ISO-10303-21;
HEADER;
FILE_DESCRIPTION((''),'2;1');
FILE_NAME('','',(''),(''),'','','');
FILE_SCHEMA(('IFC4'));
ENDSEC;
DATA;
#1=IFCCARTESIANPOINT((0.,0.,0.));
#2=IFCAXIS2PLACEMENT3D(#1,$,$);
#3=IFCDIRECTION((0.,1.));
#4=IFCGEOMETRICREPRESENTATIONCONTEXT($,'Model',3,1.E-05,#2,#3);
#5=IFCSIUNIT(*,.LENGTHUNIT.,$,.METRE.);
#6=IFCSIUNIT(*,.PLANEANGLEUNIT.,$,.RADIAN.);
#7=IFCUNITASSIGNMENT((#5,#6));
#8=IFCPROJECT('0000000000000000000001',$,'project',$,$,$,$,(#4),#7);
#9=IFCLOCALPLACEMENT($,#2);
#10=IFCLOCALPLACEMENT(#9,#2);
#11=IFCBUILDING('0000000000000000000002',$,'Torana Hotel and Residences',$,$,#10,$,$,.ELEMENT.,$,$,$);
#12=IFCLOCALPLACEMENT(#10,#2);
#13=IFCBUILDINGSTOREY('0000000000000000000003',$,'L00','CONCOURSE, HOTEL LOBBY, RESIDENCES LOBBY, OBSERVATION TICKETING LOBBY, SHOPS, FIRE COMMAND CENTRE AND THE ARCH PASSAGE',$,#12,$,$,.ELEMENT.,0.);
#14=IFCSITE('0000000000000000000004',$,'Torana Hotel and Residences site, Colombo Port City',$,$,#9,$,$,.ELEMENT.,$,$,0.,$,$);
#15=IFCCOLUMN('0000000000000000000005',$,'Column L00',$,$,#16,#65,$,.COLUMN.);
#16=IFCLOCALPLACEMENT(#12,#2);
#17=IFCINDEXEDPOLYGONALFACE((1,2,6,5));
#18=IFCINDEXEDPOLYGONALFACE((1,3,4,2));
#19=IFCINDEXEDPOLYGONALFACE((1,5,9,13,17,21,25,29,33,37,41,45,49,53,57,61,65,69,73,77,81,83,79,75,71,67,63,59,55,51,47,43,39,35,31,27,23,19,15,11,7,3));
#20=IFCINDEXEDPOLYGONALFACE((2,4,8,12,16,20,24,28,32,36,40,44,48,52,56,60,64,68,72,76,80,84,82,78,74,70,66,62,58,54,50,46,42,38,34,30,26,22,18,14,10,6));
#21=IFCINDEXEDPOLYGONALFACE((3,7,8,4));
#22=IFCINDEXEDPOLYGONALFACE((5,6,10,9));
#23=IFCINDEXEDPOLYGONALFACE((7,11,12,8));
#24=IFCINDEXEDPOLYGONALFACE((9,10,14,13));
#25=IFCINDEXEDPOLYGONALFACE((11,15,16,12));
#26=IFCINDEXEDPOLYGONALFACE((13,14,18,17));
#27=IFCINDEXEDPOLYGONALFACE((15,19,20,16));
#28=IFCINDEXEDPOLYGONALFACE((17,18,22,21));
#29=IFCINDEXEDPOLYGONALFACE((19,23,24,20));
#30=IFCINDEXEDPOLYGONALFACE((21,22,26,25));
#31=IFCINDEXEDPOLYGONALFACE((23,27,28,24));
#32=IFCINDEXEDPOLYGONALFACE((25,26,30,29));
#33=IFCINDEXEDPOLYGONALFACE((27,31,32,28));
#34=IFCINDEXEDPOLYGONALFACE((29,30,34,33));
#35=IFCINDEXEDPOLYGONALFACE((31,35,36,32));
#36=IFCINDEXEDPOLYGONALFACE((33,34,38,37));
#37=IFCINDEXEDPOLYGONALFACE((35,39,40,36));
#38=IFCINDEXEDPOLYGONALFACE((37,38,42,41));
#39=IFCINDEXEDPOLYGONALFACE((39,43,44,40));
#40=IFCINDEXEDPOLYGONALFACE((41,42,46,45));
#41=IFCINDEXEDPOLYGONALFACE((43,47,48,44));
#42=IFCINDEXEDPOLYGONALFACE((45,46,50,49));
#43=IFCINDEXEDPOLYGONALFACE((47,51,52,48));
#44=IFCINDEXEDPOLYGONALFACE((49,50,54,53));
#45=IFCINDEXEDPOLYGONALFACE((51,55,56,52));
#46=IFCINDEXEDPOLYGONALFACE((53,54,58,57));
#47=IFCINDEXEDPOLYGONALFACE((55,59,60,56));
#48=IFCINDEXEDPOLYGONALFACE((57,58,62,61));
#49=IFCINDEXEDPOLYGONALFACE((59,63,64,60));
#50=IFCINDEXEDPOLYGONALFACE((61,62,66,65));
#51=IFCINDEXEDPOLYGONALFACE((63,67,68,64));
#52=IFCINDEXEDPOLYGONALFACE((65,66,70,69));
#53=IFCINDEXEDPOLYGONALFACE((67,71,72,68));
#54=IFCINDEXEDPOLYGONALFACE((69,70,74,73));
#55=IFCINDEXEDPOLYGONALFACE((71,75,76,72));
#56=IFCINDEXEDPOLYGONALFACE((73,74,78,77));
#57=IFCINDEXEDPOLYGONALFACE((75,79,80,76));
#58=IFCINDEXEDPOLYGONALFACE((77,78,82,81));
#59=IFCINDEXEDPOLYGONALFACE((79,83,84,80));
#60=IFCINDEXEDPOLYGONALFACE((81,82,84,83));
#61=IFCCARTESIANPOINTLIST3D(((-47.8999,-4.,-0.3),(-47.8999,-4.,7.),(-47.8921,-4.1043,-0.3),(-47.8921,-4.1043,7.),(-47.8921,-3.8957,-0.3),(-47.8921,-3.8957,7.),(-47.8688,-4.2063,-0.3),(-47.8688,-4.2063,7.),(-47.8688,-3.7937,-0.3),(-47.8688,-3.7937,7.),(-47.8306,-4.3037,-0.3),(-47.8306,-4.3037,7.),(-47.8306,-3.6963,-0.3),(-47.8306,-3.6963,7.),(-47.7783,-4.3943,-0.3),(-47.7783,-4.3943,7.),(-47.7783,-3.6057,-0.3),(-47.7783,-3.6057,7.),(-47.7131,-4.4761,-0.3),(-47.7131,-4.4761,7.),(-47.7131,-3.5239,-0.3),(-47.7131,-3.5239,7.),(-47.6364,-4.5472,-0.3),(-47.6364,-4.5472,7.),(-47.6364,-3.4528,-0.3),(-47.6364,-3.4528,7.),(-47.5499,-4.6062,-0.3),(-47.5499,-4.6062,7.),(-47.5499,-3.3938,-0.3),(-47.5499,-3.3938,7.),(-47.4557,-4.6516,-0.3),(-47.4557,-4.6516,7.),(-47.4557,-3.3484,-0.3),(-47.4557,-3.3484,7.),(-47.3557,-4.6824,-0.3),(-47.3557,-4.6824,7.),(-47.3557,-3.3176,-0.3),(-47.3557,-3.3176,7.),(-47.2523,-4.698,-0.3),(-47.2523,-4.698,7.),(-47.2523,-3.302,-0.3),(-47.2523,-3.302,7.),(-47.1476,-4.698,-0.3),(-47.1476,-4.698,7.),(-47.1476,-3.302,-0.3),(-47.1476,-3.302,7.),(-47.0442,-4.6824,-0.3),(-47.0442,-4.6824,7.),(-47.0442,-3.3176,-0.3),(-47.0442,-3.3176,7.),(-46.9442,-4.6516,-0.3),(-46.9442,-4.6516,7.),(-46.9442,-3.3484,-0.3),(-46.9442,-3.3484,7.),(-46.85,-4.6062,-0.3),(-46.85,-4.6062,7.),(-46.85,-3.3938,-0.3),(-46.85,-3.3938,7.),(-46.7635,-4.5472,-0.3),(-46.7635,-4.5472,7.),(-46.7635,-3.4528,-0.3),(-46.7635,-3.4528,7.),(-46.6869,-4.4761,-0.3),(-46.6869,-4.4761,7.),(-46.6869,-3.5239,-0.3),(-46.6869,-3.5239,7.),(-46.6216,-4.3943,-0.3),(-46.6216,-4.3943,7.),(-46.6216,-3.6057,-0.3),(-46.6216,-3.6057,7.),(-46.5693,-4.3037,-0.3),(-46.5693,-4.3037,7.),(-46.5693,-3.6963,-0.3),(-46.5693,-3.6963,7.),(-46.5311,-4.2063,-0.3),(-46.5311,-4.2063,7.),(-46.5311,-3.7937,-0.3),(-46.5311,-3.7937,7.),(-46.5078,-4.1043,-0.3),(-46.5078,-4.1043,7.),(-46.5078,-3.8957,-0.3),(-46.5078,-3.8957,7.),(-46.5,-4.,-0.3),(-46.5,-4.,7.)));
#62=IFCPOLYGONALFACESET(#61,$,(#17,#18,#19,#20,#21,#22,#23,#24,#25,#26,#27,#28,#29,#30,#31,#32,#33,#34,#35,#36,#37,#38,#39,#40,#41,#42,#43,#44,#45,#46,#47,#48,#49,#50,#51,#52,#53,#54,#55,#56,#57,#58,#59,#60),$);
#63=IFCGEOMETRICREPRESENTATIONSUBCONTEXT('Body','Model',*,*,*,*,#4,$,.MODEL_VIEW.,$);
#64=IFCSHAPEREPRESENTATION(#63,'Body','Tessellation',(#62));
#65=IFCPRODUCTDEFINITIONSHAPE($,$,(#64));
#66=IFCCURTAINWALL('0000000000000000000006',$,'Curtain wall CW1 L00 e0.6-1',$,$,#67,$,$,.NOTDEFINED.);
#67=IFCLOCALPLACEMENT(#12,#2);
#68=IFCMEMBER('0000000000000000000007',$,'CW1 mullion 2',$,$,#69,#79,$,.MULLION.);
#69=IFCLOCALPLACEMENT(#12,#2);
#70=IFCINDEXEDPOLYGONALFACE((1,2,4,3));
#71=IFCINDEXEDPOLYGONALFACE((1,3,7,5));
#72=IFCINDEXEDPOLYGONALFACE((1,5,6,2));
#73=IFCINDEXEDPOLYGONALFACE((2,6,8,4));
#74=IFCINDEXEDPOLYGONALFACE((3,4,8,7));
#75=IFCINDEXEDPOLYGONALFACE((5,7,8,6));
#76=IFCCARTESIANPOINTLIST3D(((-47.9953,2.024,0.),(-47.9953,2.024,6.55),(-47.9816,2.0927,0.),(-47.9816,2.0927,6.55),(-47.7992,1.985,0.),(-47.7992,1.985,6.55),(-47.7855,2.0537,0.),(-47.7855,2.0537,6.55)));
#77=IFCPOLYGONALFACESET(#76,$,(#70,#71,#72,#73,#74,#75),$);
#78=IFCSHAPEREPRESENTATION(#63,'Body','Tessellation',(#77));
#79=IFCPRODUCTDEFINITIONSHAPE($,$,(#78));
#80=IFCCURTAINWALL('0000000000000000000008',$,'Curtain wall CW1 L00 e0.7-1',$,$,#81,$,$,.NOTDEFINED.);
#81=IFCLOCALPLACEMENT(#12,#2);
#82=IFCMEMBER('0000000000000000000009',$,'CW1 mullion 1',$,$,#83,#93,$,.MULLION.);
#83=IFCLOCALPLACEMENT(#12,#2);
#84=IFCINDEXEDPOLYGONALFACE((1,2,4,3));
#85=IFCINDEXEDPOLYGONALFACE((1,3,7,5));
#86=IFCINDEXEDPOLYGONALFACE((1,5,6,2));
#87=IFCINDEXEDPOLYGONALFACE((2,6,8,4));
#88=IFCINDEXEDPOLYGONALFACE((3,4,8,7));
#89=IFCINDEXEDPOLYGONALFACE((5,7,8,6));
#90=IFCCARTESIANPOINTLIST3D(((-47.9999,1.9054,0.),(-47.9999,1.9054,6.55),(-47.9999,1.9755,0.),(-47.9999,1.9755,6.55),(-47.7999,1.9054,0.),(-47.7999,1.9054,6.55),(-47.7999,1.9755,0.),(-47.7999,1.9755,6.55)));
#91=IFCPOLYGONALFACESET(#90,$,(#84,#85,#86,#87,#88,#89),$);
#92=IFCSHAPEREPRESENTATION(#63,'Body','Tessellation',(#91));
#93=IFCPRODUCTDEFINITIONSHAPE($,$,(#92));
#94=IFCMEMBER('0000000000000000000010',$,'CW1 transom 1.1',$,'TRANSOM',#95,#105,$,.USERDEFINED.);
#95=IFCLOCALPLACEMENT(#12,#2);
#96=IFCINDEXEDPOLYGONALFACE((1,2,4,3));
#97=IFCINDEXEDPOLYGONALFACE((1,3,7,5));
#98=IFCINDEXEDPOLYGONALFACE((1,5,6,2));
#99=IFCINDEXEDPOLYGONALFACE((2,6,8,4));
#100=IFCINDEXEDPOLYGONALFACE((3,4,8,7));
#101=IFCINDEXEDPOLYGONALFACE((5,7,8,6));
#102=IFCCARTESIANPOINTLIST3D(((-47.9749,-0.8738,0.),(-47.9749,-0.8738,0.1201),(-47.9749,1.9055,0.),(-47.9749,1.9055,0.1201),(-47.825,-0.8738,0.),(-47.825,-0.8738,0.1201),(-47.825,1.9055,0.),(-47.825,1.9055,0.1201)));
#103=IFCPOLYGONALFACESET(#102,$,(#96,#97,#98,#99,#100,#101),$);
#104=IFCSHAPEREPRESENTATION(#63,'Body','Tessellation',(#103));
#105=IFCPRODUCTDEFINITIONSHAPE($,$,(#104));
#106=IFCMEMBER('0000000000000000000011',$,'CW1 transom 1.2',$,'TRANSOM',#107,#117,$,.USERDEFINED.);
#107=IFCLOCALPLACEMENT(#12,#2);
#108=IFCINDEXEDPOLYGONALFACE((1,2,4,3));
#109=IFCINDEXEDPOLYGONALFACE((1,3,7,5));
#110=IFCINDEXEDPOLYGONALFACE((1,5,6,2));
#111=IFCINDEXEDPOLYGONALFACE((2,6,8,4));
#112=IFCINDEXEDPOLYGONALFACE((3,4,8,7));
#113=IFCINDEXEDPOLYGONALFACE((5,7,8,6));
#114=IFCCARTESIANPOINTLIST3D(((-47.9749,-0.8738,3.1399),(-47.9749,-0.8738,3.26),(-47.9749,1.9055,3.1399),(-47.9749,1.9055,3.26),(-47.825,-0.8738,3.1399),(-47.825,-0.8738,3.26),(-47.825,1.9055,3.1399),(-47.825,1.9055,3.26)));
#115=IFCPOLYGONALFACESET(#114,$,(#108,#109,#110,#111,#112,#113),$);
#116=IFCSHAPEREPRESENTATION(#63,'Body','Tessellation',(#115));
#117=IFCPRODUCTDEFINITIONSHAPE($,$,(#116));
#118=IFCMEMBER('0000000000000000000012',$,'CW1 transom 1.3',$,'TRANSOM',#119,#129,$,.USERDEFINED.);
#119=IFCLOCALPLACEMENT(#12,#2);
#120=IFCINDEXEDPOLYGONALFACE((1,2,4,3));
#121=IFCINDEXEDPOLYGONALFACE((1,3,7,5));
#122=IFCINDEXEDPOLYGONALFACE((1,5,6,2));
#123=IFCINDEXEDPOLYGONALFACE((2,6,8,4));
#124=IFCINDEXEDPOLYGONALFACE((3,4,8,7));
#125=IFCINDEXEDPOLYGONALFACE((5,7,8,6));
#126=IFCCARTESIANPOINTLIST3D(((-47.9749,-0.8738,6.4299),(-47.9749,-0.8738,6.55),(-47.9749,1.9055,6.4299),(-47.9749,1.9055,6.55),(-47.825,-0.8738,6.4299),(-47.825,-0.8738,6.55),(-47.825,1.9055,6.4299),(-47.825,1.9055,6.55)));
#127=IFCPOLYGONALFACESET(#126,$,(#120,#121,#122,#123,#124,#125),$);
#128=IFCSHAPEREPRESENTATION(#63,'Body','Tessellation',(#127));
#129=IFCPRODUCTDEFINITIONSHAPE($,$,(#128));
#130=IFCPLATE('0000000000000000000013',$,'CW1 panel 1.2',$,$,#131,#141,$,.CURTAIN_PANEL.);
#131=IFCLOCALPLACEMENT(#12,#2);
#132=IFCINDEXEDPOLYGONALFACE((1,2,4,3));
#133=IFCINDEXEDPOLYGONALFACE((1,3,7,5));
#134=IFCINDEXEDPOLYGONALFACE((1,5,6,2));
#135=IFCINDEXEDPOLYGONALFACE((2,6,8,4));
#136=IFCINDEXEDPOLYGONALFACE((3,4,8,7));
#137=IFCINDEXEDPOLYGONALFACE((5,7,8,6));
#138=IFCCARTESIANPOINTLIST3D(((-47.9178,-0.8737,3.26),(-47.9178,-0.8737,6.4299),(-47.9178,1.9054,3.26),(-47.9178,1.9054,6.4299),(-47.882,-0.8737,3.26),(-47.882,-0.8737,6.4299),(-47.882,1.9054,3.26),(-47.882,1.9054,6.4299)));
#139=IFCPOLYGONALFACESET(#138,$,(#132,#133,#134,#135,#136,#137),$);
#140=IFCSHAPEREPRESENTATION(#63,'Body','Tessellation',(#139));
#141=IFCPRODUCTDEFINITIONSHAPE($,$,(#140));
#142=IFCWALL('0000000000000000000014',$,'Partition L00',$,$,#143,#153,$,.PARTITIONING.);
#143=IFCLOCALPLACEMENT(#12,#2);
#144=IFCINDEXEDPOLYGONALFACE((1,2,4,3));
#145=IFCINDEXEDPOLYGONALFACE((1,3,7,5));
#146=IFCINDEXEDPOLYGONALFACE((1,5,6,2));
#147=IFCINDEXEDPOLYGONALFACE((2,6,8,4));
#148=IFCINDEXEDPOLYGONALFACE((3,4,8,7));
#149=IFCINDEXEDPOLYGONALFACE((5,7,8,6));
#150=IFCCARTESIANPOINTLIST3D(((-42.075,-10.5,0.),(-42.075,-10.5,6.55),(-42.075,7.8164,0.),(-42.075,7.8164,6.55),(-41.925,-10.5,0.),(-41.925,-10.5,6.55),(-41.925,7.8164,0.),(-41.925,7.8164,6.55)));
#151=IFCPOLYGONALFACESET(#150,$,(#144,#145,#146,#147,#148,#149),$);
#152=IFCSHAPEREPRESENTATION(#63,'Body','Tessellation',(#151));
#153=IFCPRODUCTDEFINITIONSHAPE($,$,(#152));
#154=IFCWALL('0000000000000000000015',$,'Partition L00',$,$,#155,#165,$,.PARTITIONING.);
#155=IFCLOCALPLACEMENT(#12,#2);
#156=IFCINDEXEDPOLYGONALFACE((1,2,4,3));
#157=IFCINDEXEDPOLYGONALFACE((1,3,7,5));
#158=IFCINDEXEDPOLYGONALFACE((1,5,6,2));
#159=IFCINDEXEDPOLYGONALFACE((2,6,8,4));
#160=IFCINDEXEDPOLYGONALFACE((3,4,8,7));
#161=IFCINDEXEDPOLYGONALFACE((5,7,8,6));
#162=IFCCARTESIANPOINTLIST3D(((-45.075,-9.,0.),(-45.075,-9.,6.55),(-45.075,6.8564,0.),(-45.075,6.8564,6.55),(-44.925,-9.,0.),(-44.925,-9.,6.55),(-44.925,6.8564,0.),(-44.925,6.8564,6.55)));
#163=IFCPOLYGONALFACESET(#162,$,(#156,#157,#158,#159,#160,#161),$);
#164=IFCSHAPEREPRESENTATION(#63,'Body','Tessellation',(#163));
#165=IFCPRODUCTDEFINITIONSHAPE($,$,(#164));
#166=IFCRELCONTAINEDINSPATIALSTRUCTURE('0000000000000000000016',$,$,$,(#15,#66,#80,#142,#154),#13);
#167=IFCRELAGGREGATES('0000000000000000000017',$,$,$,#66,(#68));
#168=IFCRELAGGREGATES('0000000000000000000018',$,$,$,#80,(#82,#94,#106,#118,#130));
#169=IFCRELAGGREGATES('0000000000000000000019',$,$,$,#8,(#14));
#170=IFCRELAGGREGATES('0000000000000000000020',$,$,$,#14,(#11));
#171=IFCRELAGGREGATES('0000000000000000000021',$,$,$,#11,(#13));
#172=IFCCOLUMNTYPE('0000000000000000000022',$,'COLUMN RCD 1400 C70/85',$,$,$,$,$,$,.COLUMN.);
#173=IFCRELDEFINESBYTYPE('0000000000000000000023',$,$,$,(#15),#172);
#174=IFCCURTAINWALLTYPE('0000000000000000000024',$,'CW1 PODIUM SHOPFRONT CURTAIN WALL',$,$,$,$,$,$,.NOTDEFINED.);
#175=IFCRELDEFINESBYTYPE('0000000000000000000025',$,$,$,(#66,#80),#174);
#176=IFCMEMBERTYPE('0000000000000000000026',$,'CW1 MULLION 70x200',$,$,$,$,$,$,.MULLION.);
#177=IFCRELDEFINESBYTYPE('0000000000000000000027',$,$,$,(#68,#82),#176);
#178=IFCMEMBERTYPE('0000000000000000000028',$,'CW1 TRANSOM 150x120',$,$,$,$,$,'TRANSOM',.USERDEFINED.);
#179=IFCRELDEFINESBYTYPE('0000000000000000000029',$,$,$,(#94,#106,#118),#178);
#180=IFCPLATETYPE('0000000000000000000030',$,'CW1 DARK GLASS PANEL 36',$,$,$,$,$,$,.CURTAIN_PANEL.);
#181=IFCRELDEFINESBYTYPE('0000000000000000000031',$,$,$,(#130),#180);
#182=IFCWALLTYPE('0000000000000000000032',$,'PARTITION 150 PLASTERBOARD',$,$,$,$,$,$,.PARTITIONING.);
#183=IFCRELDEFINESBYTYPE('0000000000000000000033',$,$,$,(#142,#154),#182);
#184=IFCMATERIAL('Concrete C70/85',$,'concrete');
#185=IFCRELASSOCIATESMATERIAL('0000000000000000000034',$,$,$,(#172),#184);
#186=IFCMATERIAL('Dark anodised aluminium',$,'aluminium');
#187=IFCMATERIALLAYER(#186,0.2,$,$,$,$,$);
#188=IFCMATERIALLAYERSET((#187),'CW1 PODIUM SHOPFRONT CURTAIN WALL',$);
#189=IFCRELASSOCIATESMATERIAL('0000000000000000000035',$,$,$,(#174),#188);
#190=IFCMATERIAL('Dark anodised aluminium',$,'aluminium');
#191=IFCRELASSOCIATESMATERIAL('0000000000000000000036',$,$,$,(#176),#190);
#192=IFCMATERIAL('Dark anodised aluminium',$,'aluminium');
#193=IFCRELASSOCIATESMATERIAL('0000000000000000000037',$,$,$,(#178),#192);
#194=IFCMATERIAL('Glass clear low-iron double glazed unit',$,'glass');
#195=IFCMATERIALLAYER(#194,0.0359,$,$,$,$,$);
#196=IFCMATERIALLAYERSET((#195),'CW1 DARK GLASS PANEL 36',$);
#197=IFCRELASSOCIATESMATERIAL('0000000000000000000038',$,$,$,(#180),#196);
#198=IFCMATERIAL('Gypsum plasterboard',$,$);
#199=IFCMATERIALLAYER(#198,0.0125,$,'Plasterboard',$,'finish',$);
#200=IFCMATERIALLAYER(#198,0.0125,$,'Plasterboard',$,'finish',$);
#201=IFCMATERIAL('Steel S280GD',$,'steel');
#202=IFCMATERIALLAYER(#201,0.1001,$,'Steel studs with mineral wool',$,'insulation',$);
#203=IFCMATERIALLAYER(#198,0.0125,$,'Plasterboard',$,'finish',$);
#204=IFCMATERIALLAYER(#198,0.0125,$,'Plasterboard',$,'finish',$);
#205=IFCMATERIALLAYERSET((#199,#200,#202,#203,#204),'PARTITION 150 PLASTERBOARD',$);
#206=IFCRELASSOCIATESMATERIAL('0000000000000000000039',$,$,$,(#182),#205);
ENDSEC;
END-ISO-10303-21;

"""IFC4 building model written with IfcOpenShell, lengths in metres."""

from ifc_helpers import new_model, si_unit, direction, frame, frame_2d, origin, origin_2d, place, context, subcontext, project, spatial, rectangle, circle, extrude, material, layer, layer_set, material_profile, profile_set, type_object, element, aggregate, save


model = new_model("IFC4")

# Units and contexts
model_context = context("Model", 3, precision=1e-05, world=origin(), true_north=direction((0.0, 1.0)))
body_context = subcontext(model_context, "Body", "Model", "MODEL_VIEW")
ifc_project = project(units=[si_unit("LENGTHUNIT", "METRE"), si_unit("PLANEANGLEUNIT", "RADIAN")], contexts=[model_context])

# Site, building, storey
site_placement = place(None, origin())
site = spatial("IfcSite", under=ifc_project, at=site_placement, Name="Torana Hotel and Residences site, Colombo Port City", CompositionType="ELEMENT", RefElevation=0.0)
building_placement = place(site_placement, origin())
building = spatial("IfcBuilding", under=site, at=building_placement, Name="Torana Hotel and Residences", CompositionType="ELEMENT")
storey_placement = place(building_placement, origin())
storey = spatial("IfcBuildingStorey", under=building, at=storey_placement, Name="L00", Description="CONCOURSE, HOTEL LOBBY, RESIDENCES LOBBY, OBSERVATION TICKETING LOBBY, SHOPS, FIRE COMMAND CENTRE AND THE ARCH PASSAGE", CompositionType="ELEMENT", Elevation=0.0)

# Column
ifc_material_1 = material(Name="Concrete C70/85", Category="concrete")
ifc_material_profile_1 = material_profile(ifc_material_1, circle(Radius=0.7, at=origin_2d()), Name="RCD 1400")
ifc_profile_set_1 = profile_set([ifc_material_profile_1], Name="Concrete C70/85")
column_type = type_object("IfcColumnType", Name="COLUMN RCD 1400 C70/85", PredefinedType="COLUMN", material=ifc_profile_set_1)
column_placement = place(storey_placement, frame((-47.2, -4.0, -0.3), z_axis=(0.0, 0.0, 1.0), x_axis=(1.0, 0.0, 0.0)))
element("IfcColumn", 1, at=column_placement, inside=storey, type_object=column_type, Name="Column L00", PredefinedType="COLUMN", context=body_context, shape_type="SweptSolid", body=[
    extrude(circle(Radius=0.7, at=origin_2d()), origin(), (0.0, 0.0, 1.0), 7.3),
])

# Curtain wall, member
ifc_material_2 = material(Name="Dark anodised aluminium", Category="aluminium")
ifc_layer_1 = layer(ifc_material_2, 0.2)
ifc_layer_set_1 = layer_set([ifc_layer_1], Name="CW1 PODIUM SHOPFRONT CURTAIN WALL")
curtain_wall_type = type_object("IfcCurtainWallType", Name="CW1 PODIUM SHOPFRONT CURTAIN WALL", PredefinedType="NOTDEFINED", material=ifc_layer_set_1)
curtain_wall_1_placement = place(storey_placement, origin())
curtain_wall_1 = element("IfcCurtainWall", 2, at=curtain_wall_1_placement, inside=storey, type_object=curtain_wall_type, Name="Curtain wall CW1 L00 e0.6-1", PredefinedType="NOTDEFINED")
ifc_material_3 = material(Name="Dark anodised aluminium", Category="aluminium")
ifc_material_profile_2 = material_profile(ifc_material_3, rectangle(XDim=0.2, YDim=0.0701, at=origin_2d()), Name="CW1 MULLION 70x200")
ifc_profile_set_2 = profile_set([ifc_material_profile_2], Name="Dark anodised aluminium")
member_type_1 = type_object("IfcMemberType", Name="CW1 MULLION 70x200", PredefinedType="MULLION", material=ifc_profile_set_2)
member_1_placement = place(storey_placement, frame((-47.8904, 2.0388, 0.0), z_axis=(0.0, 0.0, 1.0), x_axis=(0.980787, -0.195081, 0.0)))
member_1 = element("IfcMember", 3, at=member_1_placement, type_object=member_type_1, Name="CW1 mullion 2", PredefinedType="MULLION", context=body_context, shape_type="SweptSolid", body=[
    extrude(rectangle(XDim=0.2, YDim=0.0701, at=origin_2d()), origin(), (0.0, 0.0, 1.0), 6.55),
])
aggregate(curtain_wall_1, [member_1])

# Curtain wall, members, plate
curtain_wall_2_placement = place(storey_placement, origin())
curtain_wall_2 = element("IfcCurtainWall", 4, at=curtain_wall_2_placement, inside=storey, type_object=curtain_wall_type, Name="Curtain wall CW1 L00 e0.7-1", PredefinedType="NOTDEFINED")
member_2_placement = place(storey_placement, frame((-47.8999, 1.9404, 0.0), z_axis=(0.0, 0.0, 1.0), x_axis=(1.0, 0.0, 0.0)))
member_2 = element("IfcMember", 5, at=member_2_placement, type_object=member_type_1, Name="CW1 mullion 1", PredefinedType="MULLION", context=body_context, shape_type="SweptSolid", body=[
    extrude(rectangle(XDim=0.2, YDim=0.0701, at=origin_2d()), origin(), (0.0, 0.0, 1.0), 6.55),
])
ifc_material_4 = material(Name="Dark anodised aluminium", Category="aluminium")
ifc_material_profile_3 = material_profile(ifc_material_4, rectangle(XDim=0.1499, YDim=0.1201, at=origin_2d()), Name="CW1 TRANSOM 150x120")
ifc_profile_set_3 = profile_set([ifc_material_profile_3], Name="Dark anodised aluminium")
member_type_2 = type_object("IfcMemberType", Name="CW1 TRANSOM 150x120", ElementType="TRANSOM", PredefinedType="USERDEFINED", material=ifc_profile_set_3)
member_3_placement = place(storey_placement, frame((-47.8999, 1.9055, 0.0601), z_axis=(0.0, -1.0, 0.0), x_axis=(1.0, 0.0, 0.0)))
member_3 = element("IfcMember", 6, at=member_3_placement, type_object=member_type_2, Name="CW1 transom 1.1", ObjectType="TRANSOM", PredefinedType="USERDEFINED", context=body_context, shape_type="SweptSolid", body=[
    extrude(rectangle(XDim=0.1499, YDim=0.1201, at=origin_2d()), origin(), (0.0, 0.0, 1.0), 2.7793),
])
member_4_placement = place(storey_placement, frame((-47.8999, 1.9055, 3.2), z_axis=(0.0, -1.0, 0.0), x_axis=(1.0, 0.0, 0.0)))
member_4 = element("IfcMember", 7, at=member_4_placement, type_object=member_type_2, Name="CW1 transom 1.2", ObjectType="TRANSOM", PredefinedType="USERDEFINED", context=body_context, shape_type="SweptSolid", body=[
    extrude(rectangle(XDim=0.1499, YDim=0.1201, at=origin_2d()), origin(), (0.0, 0.0, 1.0), 2.7793),
])
member_5_placement = place(storey_placement, frame((-47.8999, 1.9055, 6.49), z_axis=(0.0, -1.0, 0.0), x_axis=(1.0, 0.0, 0.0)))
member_5 = element("IfcMember", 8, at=member_5_placement, type_object=member_type_2, Name="CW1 transom 1.3", ObjectType="TRANSOM", PredefinedType="USERDEFINED", context=body_context, shape_type="SweptSolid", body=[
    extrude(rectangle(XDim=0.1499, YDim=0.1201, at=origin_2d()), origin(), (0.0, 0.0, 1.0), 2.7793),
])
ifc_material_5 = material(Name="Glass clear low-iron double glazed unit", Category="glass")
ifc_layer_2 = layer(ifc_material_5, 0.0359)
ifc_layer_set_2 = layer_set([ifc_layer_2], Name="CW1 DARK GLASS PANEL 36")
plate_type = type_object("IfcPlateType", Name="CW1 DARK GLASS PANEL 36", PredefinedType="CURTAIN_PANEL", material=ifc_layer_set_2)
plate_placement = place(storey_placement, frame((-47.8999, 0.5159, 3.26), z_axis=(0.0, 0.0, 1.0), x_axis=(0.0, -1.0, 0.0)))
plate = element("IfcPlate", 9, at=plate_placement, type_object=plate_type, Name="CW1 panel 1.2", PredefinedType="CURTAIN_PANEL", context=body_context, shape_type="SweptSolid", body=[
    extrude(rectangle(XDim=2.7791, YDim=0.0359, at=origin_2d()), origin(), (0.0, 0.0, 1.0), 3.1699),
])
aggregate(curtain_wall_2, [member_2, member_3, member_4, member_5, plate])

# Walls
ifc_material_6 = material(Name="Gypsum plasterboard")
ifc_layer_3 = layer(ifc_material_6, 0.0125, Name="Plasterboard", Category="finish")
ifc_layer_4 = layer(ifc_material_6, 0.0125, Name="Plasterboard", Category="finish")
ifc_material_7 = material(Name="Steel S280GD", Category="steel")
ifc_layer_5 = layer(ifc_material_7, 0.1001, Name="Steel studs with mineral wool", Category="insulation")
ifc_layer_6 = layer(ifc_material_6, 0.0125, Name="Plasterboard", Category="finish")
ifc_layer_7 = layer(ifc_material_6, 0.0125, Name="Plasterboard", Category="finish")
ifc_layer_set_3 = layer_set([ifc_layer_3, ifc_layer_4, ifc_layer_5, ifc_layer_6, ifc_layer_7], Name="PARTITION 150 PLASTERBOARD")
wall_type_1 = type_object("IfcWallType", Name="PARTITION 150 PLASTERBOARD", PredefinedType="PARTITIONING", material=ifc_layer_set_3)
wall_1_placement = place(storey_placement, frame((-42.0, -10.5, 0.0), z_axis=(0.0, 0.0, 1.0), x_axis=(0.0, 1.0, 0.0)))
element("IfcWall", 10, at=wall_1_placement, inside=storey, type_object=wall_type_1, Name="Partition L00", PredefinedType="PARTITIONING", context=body_context, shape_type="SweptSolid", body=[
    extrude(rectangle(XDim=18.3164, YDim=0.1499, at=frame_2d((9.1582, 0.0))), origin(), (0.0, 0.0, 1.0), 6.55),
])
wall_2_placement = place(storey_placement, frame((-45.0, -9.0, 0.0), z_axis=(0.0, 0.0, 1.0), x_axis=(0.0, 1.0, 0.0)))
element("IfcWall", 11, at=wall_2_placement, inside=storey, type_object=wall_type_1, Name="Partition L00", PredefinedType="PARTITIONING", context=body_context, shape_type="SweptSolid", body=[
    extrude(rectangle(XDim=15.8564, YDim=0.1499, at=frame_2d((7.9282, 0.0))), origin(), (0.0, 0.0, 1.0), 6.55),
])

save(model, "model.ifc")
